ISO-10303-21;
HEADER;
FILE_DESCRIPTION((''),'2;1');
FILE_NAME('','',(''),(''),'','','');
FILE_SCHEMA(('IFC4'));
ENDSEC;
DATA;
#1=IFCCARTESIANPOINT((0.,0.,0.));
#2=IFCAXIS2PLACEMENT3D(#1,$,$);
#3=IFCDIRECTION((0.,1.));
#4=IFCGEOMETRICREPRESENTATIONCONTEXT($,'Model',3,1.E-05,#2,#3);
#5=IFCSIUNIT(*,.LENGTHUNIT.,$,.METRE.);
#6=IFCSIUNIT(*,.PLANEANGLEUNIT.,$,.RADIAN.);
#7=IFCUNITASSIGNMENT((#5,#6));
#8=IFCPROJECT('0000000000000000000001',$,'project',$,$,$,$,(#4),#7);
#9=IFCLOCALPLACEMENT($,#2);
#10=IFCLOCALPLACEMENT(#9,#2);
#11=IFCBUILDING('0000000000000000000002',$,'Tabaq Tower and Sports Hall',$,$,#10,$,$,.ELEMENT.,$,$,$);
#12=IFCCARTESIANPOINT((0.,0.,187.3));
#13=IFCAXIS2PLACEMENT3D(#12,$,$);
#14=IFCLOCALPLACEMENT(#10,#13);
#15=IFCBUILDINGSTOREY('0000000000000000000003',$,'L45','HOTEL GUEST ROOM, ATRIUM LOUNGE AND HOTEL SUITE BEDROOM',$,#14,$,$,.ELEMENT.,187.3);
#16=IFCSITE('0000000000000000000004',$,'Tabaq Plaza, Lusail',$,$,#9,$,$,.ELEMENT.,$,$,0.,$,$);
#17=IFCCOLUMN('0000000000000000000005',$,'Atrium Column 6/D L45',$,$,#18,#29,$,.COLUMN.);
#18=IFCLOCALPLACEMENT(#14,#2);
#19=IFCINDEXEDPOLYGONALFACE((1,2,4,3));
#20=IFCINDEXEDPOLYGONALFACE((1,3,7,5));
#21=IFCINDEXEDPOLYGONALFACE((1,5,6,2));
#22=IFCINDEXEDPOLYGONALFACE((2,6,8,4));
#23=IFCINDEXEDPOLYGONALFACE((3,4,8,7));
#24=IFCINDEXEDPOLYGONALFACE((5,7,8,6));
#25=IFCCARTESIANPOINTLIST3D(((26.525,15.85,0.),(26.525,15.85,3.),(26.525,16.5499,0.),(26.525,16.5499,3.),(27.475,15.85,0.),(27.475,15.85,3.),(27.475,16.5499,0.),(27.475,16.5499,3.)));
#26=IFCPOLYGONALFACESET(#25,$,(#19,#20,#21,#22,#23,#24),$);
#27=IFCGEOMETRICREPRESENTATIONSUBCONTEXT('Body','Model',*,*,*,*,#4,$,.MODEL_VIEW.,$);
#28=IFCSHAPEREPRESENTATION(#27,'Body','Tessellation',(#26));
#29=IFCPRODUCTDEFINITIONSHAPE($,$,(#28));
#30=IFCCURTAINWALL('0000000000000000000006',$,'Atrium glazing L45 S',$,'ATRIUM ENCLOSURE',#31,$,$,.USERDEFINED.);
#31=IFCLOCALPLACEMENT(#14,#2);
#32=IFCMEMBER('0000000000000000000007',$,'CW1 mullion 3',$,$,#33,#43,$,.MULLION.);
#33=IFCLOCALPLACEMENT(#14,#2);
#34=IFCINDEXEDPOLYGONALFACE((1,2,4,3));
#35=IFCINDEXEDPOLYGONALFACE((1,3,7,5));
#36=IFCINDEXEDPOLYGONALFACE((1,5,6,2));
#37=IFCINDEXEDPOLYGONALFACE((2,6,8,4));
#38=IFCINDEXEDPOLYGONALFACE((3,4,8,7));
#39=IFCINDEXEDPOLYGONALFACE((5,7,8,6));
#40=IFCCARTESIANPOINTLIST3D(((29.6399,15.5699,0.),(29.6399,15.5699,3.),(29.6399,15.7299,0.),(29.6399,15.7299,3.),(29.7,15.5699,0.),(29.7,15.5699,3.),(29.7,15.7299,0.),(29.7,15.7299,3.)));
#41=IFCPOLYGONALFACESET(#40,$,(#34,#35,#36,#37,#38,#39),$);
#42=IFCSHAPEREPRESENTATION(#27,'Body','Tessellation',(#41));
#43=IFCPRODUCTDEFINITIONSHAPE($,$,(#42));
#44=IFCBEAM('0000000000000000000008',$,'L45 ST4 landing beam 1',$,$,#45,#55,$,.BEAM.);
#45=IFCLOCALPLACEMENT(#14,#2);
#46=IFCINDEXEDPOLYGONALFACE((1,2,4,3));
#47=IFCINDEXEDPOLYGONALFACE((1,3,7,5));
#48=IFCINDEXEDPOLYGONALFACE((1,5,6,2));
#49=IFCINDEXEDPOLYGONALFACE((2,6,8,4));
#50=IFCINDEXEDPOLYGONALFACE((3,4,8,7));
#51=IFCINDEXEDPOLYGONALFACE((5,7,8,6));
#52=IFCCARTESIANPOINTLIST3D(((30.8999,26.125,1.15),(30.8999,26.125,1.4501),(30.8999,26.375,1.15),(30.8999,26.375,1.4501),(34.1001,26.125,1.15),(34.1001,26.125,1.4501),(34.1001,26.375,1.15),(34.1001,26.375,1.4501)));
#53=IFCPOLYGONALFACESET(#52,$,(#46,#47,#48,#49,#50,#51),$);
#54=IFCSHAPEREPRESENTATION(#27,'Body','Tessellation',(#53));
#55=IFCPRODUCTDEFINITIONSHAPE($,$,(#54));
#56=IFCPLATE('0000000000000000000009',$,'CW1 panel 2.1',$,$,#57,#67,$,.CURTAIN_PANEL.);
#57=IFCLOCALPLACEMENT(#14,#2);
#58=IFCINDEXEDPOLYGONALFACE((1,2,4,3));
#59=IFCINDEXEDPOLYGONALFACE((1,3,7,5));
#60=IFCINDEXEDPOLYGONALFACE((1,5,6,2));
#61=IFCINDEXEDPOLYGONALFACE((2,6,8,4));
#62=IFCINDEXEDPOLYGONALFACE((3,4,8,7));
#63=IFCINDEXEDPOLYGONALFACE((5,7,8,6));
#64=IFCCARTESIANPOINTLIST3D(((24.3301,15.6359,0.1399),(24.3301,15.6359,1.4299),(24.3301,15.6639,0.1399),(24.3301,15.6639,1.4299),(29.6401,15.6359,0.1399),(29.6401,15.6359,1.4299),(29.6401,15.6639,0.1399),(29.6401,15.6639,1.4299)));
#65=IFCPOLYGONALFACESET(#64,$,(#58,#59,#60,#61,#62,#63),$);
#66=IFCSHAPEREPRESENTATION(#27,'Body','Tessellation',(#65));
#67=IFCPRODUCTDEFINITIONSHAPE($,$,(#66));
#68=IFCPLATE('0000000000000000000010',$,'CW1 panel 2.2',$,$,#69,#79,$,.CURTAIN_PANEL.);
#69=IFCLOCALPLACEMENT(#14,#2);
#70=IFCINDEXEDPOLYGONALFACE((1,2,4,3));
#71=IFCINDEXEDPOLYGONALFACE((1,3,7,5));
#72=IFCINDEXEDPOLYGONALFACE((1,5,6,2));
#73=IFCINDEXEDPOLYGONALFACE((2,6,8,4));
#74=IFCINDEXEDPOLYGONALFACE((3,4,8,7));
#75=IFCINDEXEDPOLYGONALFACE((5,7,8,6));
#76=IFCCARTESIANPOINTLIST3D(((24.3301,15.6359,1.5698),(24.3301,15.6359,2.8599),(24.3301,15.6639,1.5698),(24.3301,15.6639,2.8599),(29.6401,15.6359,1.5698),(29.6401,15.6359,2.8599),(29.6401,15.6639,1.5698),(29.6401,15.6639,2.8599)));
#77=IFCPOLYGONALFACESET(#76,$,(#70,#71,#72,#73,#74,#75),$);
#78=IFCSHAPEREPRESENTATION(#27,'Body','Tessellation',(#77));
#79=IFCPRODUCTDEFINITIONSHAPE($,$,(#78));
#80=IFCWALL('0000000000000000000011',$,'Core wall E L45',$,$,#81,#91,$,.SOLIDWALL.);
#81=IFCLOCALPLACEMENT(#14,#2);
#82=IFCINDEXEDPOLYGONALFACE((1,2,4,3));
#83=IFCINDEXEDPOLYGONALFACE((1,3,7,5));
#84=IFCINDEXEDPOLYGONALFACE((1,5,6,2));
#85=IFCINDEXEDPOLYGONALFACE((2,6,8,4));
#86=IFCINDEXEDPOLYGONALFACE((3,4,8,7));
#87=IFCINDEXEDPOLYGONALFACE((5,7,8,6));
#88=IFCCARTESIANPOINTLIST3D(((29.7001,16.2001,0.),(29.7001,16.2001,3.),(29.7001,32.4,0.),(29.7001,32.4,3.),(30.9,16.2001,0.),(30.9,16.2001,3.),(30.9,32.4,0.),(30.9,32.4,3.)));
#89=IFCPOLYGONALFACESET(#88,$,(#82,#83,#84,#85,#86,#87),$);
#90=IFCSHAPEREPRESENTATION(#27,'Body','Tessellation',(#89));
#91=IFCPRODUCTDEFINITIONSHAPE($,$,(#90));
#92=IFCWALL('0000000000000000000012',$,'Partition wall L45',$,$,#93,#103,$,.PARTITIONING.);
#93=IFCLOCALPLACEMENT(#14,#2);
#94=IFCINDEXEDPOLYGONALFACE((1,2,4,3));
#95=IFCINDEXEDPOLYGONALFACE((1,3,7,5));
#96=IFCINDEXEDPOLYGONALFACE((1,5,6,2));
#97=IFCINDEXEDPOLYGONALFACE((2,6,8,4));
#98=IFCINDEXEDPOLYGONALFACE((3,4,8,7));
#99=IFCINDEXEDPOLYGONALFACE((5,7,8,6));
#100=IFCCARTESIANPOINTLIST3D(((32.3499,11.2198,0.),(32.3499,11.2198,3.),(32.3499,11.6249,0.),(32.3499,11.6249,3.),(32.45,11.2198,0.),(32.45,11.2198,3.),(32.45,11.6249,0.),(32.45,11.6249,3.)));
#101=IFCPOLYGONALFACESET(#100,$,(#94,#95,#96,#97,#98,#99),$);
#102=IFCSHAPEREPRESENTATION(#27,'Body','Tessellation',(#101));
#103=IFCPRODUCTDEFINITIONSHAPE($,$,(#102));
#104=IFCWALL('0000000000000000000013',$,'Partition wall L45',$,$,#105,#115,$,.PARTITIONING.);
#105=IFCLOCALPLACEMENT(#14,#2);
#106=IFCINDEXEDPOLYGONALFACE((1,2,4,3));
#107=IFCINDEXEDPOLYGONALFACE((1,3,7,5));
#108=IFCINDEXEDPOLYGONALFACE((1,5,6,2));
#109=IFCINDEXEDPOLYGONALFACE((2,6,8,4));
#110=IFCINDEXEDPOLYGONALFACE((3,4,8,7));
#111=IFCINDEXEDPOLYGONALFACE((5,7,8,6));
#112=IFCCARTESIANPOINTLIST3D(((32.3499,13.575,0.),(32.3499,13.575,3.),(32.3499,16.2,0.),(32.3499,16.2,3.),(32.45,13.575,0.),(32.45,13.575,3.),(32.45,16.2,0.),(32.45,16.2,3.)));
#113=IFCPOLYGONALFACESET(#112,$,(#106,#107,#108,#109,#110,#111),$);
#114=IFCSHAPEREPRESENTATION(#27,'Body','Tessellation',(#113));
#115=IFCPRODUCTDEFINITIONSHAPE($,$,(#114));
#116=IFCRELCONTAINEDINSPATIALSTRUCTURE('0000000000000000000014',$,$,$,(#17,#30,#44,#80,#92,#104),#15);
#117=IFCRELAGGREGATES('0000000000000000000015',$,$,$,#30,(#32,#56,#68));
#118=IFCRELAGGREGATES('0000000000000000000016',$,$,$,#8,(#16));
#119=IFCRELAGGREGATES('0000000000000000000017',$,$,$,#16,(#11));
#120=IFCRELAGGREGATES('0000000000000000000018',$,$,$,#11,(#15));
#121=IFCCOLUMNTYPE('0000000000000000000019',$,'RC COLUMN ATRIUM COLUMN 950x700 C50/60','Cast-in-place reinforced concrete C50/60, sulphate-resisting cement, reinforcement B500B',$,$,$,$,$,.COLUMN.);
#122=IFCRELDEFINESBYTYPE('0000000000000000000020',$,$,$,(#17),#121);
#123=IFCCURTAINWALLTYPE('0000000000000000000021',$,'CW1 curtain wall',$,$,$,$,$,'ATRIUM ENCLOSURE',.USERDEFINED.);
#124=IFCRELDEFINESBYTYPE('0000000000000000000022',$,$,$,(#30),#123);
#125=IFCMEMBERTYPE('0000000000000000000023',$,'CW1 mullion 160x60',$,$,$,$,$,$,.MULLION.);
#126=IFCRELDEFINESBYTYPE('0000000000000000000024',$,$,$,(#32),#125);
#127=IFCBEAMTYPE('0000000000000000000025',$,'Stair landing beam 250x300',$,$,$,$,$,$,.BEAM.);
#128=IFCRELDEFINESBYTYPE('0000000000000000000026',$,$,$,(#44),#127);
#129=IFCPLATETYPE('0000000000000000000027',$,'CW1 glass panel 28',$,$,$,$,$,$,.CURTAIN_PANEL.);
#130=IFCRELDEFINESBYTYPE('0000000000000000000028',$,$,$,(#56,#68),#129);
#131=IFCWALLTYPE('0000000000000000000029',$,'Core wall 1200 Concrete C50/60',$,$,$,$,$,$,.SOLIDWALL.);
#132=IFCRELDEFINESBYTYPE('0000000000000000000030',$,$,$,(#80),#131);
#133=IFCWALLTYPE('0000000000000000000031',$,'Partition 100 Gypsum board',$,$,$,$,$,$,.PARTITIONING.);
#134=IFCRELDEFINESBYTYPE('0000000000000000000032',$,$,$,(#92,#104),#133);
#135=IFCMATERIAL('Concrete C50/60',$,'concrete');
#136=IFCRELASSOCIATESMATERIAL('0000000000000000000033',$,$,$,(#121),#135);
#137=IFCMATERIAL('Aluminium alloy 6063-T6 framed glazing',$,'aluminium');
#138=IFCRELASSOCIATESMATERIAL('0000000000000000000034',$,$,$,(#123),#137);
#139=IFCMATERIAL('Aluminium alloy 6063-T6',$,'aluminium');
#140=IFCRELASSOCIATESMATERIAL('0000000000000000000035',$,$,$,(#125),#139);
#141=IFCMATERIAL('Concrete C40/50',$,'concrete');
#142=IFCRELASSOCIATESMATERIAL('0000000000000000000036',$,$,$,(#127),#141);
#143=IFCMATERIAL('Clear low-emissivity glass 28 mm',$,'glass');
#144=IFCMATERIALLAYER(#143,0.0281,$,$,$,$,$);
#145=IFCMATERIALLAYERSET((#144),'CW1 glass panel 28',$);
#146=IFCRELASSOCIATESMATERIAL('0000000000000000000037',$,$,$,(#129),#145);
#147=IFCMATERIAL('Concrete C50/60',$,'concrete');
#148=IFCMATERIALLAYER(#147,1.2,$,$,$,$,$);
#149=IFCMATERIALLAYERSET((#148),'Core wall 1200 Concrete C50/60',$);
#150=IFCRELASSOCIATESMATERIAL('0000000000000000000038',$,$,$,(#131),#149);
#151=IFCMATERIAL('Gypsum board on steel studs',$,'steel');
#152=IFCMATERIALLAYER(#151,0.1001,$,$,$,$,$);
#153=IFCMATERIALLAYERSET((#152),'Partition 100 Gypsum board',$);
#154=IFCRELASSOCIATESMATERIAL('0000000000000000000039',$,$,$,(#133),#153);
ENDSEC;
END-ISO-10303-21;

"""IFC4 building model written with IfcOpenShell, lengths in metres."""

from ifc_helpers import new_model, si_unit, direction, frame, frame_2d, origin, origin_2d, place, context, subcontext, project, spatial, rectangle, extrude, material, layer, layer_set, material_profile, profile_set, type_object, element, aggregate, save


model = new_model("IFC4")

# Units and contexts
model_context = context("Model", 3, precision=1e-05, world=origin(), true_north=direction((0.0, 1.0)))
body_context = subcontext(model_context, "Body", "Model", "MODEL_VIEW")
ifc_project = project(units=[si_unit("LENGTHUNIT", "METRE"), si_unit("PLANEANGLEUNIT", "RADIAN")], contexts=[model_context])

# Site, building, storey
site_placement = place(None, origin())
site = spatial("IfcSite", under=ifc_project, at=site_placement, Name="Tabaq Plaza, Lusail", CompositionType="ELEMENT", RefElevation=0.0)
building_placement = place(site_placement, origin())
building = spatial("IfcBuilding", under=site, at=building_placement, Name="Tabaq Tower and Sports Hall", CompositionType="ELEMENT")
storey_placement = place(building_placement, frame((0.0, 0.0, 187.3)))
storey = spatial("IfcBuildingStorey", under=building, at=storey_placement, Name="L45", Description="HOTEL GUEST ROOM, ATRIUM LOUNGE AND HOTEL SUITE BEDROOM", CompositionType="ELEMENT", Elevation=187.3)

# Column
ifc_material_1 = material(Name="Concrete C50/60", Category="concrete")
ifc_material_profile_1 = material_profile(ifc_material_1, rectangle(XDim=0.95, YDim=0.7, at=origin_2d()), Name="ATRIUM COLUMN 950x700")
ifc_profile_set_1 = profile_set([ifc_material_profile_1], Name="Concrete C50/60")
column_type = type_object("IfcColumnType", Name="RC COLUMN ATRIUM COLUMN 950x700 C50/60", Description="Cast-in-place reinforced concrete C50/60, sulphate-resisting cement, reinforcement B500B", PredefinedType="COLUMN", material=ifc_profile_set_1)
column_placement = place(storey_placement, frame((27.0, 16.2, 0.0), z_axis=(0.0, 0.0, 1.0), x_axis=(1.0, 0.0, 0.0)))
element("IfcColumn", 1, at=column_placement, inside=storey, type_object=column_type, Name="Atrium Column 6/D L45", PredefinedType="COLUMN", context=body_context, shape_type="SweptSolid", body=[
    extrude(rectangle(XDim=0.95, YDim=0.7, at=origin_2d()), origin(), (0.0, 0.0, 1.0), 3.0),
])

# Curtain wall, member
ifc_material_2 = material(Name="Aluminium alloy 6063-T6 framed glazing", Category="aluminium")
curtain_wall_type = type_object("IfcCurtainWallType", Name="CW1 curtain wall", ElementType="ATRIUM ENCLOSURE", PredefinedType="USERDEFINED", material=ifc_material_2)
curtain_wall_placement = place(storey_placement, origin())
curtain_wall = element("IfcCurtainWall", 2, at=curtain_wall_placement, inside=storey, type_object=curtain_wall_type, Name="Atrium glazing L45 S", ObjectType="ATRIUM ENCLOSURE", PredefinedType="USERDEFINED")
ifc_material_3 = material(Name="Aluminium alloy 6063-T6", Category="aluminium")
ifc_material_profile_2 = material_profile(ifc_material_3, rectangle(XDim=0.1599, YDim=0.0601, at=origin_2d()), Name="MULLION 160x60")
ifc_profile_set_2 = profile_set([ifc_material_profile_2], Name="Aluminium alloy 6063-T6")
member_type = type_object("IfcMemberType", Name="CW1 mullion 160x60", PredefinedType="MULLION", material=ifc_profile_set_2)
member_placement = place(storey_placement, frame((29.6699, 15.6499, 0.0), z_axis=(0.0, 0.0, 1.0), x_axis=(0.0, 1.0, 0.0)))
member = element("IfcMember", 3, at=member_placement, type_object=member_type, Name="CW1 mullion 3", PredefinedType="MULLION", context=body_context, shape_type="SweptSolid", body=[
    extrude(rectangle(XDim=0.1599, YDim=0.0601, at=origin_2d()), origin(), (0.0, 0.0, 1.0), 3.0),
])

# Beam
ifc_material_4 = material(Name="Concrete C40/50", Category="concrete")
ifc_material_profile_3 = material_profile(ifc_material_4, rectangle(XDim=0.25, YDim=0.3, at=origin_2d()), Name="RC 250x300")
ifc_profile_set_3 = profile_set([ifc_material_profile_3], Name="Concrete C40/50")
beam_type = type_object("IfcBeamType", Name="Stair landing beam 250x300", PredefinedType="BEAM", material=ifc_profile_set_3)
beam_placement = place(storey_placement, frame((30.8999, 26.25, 1.3), z_axis=(1.0, 0.0, 0.0), x_axis=(0.0, 1.0, 0.0)))
element("IfcBeam", 4, at=beam_placement, inside=storey, type_object=beam_type, Name="L45 ST4 landing beam 1", PredefinedType="BEAM", context=body_context, shape_type="SweptSolid", body=[
    extrude(rectangle(XDim=0.25, YDim=0.3, at=origin_2d()), origin(), (0.0, 0.0, 1.0), 3.2002),
])

# Plates
ifc_material_5 = material(Name="Clear low-emissivity glass 28 mm", Category="glass")
ifc_layer_1 = layer(ifc_material_5, 0.0281)
ifc_layer_set_1 = layer_set([ifc_layer_1], Name="CW1 glass panel 28")
plate_type = type_object("IfcPlateType", Name="CW1 glass panel 28", PredefinedType="CURTAIN_PANEL", material=ifc_layer_set_1)
plate_1_placement = place(storey_placement, frame((26.9851, 15.6499, 0.1399), z_axis=(0.0, 0.0, 1.0), x_axis=(1.0, 0.0, 0.0)))
plate_1 = element("IfcPlate", 5, at=plate_1_placement, type_object=plate_type, Name="CW1 panel 2.1", PredefinedType="CURTAIN_PANEL", context=body_context, shape_type="SweptSolid", body=[
    extrude(rectangle(XDim=5.3101, YDim=0.0281, at=origin_2d()), origin(), (0.0, 0.0, 1.0), 1.29),
])
plate_2_placement = place(storey_placement, frame((26.9851, 15.6499, 1.5698), z_axis=(0.0, 0.0, 1.0), x_axis=(1.0, 0.0, 0.0)))
plate_2 = element("IfcPlate", 6, at=plate_2_placement, type_object=plate_type, Name="CW1 panel 2.2", PredefinedType="CURTAIN_PANEL", context=body_context, shape_type="SweptSolid", body=[
    extrude(rectangle(XDim=5.3101, YDim=0.0281, at=origin_2d()), origin(), (0.0, 0.0, 1.0), 1.29),
])
aggregate(curtain_wall, [member, plate_1, plate_2])

# Walls
ifc_material_6 = material(Name="Concrete C50/60", Category="concrete")
ifc_layer_2 = layer(ifc_material_6, 1.2)
ifc_layer_set_2 = layer_set([ifc_layer_2], Name="Core wall 1200 Concrete C50/60")
wall_type_1 = type_object("IfcWallType", Name="Core wall 1200 Concrete C50/60", PredefinedType="SOLIDWALL", material=ifc_layer_set_2)
wall_1_placement = place(storey_placement, frame((30.3, 16.2, 0.0), z_axis=(0.0, 0.0, 1.0), x_axis=(0.0, 1.0, 0.0)))
element("IfcWall", 7, at=wall_1_placement, inside=storey, type_object=wall_type_1, Name="Core wall E L45", PredefinedType="SOLIDWALL", context=body_context, shape_type="SweptSolid", body=[
    extrude(rectangle(XDim=16.2, YDim=1.2, at=frame_2d((8.1001, 0.0))), origin(), (0.0, 0.0, 1.0), 3.0),
])
ifc_material_7 = material(Name="Gypsum board on steel studs", Category="steel")
ifc_layer_3 = layer(ifc_material_7, 0.1001)
ifc_layer_set_3 = layer_set([ifc_layer_3], Name="Partition 100 Gypsum board")
wall_type_2 = type_object("IfcWallType", Name="Partition 100 Gypsum board", PredefinedType="PARTITIONING", material=ifc_layer_set_3)
wall_2_placement = place(storey_placement, frame((32.3999, 11.625, 0.0), z_axis=(0.0, 0.0, 1.0), x_axis=(0.0, -1.0, 0.0)))
element("IfcWall", 8, at=wall_2_placement, inside=storey, type_object=wall_type_2, Name="Partition wall L45", PredefinedType="PARTITIONING", context=body_context, shape_type="SweptSolid", body=[
    extrude(rectangle(XDim=0.405, YDim=0.1001, at=frame_2d((0.2026, 0.0))), origin(), (0.0, 0.0, 1.0), 3.0),
])
wall_3_placement = place(storey_placement, frame((32.3999, 13.575, 0.0), z_axis=(0.0, 0.0, 1.0), x_axis=(0.0, 1.0, 0.0)))
element("IfcWall", 9, at=wall_3_placement, inside=storey, type_object=wall_type_2, Name="Partition wall L45", PredefinedType="PARTITIONING", context=body_context, shape_type="SweptSolid", body=[
    extrude(rectangle(XDim=2.625, YDim=0.1001, at=frame_2d((1.3125, 0.0))), origin(), (0.0, 0.0, 1.0), 3.0),
])

save(model, "model.ifc")
